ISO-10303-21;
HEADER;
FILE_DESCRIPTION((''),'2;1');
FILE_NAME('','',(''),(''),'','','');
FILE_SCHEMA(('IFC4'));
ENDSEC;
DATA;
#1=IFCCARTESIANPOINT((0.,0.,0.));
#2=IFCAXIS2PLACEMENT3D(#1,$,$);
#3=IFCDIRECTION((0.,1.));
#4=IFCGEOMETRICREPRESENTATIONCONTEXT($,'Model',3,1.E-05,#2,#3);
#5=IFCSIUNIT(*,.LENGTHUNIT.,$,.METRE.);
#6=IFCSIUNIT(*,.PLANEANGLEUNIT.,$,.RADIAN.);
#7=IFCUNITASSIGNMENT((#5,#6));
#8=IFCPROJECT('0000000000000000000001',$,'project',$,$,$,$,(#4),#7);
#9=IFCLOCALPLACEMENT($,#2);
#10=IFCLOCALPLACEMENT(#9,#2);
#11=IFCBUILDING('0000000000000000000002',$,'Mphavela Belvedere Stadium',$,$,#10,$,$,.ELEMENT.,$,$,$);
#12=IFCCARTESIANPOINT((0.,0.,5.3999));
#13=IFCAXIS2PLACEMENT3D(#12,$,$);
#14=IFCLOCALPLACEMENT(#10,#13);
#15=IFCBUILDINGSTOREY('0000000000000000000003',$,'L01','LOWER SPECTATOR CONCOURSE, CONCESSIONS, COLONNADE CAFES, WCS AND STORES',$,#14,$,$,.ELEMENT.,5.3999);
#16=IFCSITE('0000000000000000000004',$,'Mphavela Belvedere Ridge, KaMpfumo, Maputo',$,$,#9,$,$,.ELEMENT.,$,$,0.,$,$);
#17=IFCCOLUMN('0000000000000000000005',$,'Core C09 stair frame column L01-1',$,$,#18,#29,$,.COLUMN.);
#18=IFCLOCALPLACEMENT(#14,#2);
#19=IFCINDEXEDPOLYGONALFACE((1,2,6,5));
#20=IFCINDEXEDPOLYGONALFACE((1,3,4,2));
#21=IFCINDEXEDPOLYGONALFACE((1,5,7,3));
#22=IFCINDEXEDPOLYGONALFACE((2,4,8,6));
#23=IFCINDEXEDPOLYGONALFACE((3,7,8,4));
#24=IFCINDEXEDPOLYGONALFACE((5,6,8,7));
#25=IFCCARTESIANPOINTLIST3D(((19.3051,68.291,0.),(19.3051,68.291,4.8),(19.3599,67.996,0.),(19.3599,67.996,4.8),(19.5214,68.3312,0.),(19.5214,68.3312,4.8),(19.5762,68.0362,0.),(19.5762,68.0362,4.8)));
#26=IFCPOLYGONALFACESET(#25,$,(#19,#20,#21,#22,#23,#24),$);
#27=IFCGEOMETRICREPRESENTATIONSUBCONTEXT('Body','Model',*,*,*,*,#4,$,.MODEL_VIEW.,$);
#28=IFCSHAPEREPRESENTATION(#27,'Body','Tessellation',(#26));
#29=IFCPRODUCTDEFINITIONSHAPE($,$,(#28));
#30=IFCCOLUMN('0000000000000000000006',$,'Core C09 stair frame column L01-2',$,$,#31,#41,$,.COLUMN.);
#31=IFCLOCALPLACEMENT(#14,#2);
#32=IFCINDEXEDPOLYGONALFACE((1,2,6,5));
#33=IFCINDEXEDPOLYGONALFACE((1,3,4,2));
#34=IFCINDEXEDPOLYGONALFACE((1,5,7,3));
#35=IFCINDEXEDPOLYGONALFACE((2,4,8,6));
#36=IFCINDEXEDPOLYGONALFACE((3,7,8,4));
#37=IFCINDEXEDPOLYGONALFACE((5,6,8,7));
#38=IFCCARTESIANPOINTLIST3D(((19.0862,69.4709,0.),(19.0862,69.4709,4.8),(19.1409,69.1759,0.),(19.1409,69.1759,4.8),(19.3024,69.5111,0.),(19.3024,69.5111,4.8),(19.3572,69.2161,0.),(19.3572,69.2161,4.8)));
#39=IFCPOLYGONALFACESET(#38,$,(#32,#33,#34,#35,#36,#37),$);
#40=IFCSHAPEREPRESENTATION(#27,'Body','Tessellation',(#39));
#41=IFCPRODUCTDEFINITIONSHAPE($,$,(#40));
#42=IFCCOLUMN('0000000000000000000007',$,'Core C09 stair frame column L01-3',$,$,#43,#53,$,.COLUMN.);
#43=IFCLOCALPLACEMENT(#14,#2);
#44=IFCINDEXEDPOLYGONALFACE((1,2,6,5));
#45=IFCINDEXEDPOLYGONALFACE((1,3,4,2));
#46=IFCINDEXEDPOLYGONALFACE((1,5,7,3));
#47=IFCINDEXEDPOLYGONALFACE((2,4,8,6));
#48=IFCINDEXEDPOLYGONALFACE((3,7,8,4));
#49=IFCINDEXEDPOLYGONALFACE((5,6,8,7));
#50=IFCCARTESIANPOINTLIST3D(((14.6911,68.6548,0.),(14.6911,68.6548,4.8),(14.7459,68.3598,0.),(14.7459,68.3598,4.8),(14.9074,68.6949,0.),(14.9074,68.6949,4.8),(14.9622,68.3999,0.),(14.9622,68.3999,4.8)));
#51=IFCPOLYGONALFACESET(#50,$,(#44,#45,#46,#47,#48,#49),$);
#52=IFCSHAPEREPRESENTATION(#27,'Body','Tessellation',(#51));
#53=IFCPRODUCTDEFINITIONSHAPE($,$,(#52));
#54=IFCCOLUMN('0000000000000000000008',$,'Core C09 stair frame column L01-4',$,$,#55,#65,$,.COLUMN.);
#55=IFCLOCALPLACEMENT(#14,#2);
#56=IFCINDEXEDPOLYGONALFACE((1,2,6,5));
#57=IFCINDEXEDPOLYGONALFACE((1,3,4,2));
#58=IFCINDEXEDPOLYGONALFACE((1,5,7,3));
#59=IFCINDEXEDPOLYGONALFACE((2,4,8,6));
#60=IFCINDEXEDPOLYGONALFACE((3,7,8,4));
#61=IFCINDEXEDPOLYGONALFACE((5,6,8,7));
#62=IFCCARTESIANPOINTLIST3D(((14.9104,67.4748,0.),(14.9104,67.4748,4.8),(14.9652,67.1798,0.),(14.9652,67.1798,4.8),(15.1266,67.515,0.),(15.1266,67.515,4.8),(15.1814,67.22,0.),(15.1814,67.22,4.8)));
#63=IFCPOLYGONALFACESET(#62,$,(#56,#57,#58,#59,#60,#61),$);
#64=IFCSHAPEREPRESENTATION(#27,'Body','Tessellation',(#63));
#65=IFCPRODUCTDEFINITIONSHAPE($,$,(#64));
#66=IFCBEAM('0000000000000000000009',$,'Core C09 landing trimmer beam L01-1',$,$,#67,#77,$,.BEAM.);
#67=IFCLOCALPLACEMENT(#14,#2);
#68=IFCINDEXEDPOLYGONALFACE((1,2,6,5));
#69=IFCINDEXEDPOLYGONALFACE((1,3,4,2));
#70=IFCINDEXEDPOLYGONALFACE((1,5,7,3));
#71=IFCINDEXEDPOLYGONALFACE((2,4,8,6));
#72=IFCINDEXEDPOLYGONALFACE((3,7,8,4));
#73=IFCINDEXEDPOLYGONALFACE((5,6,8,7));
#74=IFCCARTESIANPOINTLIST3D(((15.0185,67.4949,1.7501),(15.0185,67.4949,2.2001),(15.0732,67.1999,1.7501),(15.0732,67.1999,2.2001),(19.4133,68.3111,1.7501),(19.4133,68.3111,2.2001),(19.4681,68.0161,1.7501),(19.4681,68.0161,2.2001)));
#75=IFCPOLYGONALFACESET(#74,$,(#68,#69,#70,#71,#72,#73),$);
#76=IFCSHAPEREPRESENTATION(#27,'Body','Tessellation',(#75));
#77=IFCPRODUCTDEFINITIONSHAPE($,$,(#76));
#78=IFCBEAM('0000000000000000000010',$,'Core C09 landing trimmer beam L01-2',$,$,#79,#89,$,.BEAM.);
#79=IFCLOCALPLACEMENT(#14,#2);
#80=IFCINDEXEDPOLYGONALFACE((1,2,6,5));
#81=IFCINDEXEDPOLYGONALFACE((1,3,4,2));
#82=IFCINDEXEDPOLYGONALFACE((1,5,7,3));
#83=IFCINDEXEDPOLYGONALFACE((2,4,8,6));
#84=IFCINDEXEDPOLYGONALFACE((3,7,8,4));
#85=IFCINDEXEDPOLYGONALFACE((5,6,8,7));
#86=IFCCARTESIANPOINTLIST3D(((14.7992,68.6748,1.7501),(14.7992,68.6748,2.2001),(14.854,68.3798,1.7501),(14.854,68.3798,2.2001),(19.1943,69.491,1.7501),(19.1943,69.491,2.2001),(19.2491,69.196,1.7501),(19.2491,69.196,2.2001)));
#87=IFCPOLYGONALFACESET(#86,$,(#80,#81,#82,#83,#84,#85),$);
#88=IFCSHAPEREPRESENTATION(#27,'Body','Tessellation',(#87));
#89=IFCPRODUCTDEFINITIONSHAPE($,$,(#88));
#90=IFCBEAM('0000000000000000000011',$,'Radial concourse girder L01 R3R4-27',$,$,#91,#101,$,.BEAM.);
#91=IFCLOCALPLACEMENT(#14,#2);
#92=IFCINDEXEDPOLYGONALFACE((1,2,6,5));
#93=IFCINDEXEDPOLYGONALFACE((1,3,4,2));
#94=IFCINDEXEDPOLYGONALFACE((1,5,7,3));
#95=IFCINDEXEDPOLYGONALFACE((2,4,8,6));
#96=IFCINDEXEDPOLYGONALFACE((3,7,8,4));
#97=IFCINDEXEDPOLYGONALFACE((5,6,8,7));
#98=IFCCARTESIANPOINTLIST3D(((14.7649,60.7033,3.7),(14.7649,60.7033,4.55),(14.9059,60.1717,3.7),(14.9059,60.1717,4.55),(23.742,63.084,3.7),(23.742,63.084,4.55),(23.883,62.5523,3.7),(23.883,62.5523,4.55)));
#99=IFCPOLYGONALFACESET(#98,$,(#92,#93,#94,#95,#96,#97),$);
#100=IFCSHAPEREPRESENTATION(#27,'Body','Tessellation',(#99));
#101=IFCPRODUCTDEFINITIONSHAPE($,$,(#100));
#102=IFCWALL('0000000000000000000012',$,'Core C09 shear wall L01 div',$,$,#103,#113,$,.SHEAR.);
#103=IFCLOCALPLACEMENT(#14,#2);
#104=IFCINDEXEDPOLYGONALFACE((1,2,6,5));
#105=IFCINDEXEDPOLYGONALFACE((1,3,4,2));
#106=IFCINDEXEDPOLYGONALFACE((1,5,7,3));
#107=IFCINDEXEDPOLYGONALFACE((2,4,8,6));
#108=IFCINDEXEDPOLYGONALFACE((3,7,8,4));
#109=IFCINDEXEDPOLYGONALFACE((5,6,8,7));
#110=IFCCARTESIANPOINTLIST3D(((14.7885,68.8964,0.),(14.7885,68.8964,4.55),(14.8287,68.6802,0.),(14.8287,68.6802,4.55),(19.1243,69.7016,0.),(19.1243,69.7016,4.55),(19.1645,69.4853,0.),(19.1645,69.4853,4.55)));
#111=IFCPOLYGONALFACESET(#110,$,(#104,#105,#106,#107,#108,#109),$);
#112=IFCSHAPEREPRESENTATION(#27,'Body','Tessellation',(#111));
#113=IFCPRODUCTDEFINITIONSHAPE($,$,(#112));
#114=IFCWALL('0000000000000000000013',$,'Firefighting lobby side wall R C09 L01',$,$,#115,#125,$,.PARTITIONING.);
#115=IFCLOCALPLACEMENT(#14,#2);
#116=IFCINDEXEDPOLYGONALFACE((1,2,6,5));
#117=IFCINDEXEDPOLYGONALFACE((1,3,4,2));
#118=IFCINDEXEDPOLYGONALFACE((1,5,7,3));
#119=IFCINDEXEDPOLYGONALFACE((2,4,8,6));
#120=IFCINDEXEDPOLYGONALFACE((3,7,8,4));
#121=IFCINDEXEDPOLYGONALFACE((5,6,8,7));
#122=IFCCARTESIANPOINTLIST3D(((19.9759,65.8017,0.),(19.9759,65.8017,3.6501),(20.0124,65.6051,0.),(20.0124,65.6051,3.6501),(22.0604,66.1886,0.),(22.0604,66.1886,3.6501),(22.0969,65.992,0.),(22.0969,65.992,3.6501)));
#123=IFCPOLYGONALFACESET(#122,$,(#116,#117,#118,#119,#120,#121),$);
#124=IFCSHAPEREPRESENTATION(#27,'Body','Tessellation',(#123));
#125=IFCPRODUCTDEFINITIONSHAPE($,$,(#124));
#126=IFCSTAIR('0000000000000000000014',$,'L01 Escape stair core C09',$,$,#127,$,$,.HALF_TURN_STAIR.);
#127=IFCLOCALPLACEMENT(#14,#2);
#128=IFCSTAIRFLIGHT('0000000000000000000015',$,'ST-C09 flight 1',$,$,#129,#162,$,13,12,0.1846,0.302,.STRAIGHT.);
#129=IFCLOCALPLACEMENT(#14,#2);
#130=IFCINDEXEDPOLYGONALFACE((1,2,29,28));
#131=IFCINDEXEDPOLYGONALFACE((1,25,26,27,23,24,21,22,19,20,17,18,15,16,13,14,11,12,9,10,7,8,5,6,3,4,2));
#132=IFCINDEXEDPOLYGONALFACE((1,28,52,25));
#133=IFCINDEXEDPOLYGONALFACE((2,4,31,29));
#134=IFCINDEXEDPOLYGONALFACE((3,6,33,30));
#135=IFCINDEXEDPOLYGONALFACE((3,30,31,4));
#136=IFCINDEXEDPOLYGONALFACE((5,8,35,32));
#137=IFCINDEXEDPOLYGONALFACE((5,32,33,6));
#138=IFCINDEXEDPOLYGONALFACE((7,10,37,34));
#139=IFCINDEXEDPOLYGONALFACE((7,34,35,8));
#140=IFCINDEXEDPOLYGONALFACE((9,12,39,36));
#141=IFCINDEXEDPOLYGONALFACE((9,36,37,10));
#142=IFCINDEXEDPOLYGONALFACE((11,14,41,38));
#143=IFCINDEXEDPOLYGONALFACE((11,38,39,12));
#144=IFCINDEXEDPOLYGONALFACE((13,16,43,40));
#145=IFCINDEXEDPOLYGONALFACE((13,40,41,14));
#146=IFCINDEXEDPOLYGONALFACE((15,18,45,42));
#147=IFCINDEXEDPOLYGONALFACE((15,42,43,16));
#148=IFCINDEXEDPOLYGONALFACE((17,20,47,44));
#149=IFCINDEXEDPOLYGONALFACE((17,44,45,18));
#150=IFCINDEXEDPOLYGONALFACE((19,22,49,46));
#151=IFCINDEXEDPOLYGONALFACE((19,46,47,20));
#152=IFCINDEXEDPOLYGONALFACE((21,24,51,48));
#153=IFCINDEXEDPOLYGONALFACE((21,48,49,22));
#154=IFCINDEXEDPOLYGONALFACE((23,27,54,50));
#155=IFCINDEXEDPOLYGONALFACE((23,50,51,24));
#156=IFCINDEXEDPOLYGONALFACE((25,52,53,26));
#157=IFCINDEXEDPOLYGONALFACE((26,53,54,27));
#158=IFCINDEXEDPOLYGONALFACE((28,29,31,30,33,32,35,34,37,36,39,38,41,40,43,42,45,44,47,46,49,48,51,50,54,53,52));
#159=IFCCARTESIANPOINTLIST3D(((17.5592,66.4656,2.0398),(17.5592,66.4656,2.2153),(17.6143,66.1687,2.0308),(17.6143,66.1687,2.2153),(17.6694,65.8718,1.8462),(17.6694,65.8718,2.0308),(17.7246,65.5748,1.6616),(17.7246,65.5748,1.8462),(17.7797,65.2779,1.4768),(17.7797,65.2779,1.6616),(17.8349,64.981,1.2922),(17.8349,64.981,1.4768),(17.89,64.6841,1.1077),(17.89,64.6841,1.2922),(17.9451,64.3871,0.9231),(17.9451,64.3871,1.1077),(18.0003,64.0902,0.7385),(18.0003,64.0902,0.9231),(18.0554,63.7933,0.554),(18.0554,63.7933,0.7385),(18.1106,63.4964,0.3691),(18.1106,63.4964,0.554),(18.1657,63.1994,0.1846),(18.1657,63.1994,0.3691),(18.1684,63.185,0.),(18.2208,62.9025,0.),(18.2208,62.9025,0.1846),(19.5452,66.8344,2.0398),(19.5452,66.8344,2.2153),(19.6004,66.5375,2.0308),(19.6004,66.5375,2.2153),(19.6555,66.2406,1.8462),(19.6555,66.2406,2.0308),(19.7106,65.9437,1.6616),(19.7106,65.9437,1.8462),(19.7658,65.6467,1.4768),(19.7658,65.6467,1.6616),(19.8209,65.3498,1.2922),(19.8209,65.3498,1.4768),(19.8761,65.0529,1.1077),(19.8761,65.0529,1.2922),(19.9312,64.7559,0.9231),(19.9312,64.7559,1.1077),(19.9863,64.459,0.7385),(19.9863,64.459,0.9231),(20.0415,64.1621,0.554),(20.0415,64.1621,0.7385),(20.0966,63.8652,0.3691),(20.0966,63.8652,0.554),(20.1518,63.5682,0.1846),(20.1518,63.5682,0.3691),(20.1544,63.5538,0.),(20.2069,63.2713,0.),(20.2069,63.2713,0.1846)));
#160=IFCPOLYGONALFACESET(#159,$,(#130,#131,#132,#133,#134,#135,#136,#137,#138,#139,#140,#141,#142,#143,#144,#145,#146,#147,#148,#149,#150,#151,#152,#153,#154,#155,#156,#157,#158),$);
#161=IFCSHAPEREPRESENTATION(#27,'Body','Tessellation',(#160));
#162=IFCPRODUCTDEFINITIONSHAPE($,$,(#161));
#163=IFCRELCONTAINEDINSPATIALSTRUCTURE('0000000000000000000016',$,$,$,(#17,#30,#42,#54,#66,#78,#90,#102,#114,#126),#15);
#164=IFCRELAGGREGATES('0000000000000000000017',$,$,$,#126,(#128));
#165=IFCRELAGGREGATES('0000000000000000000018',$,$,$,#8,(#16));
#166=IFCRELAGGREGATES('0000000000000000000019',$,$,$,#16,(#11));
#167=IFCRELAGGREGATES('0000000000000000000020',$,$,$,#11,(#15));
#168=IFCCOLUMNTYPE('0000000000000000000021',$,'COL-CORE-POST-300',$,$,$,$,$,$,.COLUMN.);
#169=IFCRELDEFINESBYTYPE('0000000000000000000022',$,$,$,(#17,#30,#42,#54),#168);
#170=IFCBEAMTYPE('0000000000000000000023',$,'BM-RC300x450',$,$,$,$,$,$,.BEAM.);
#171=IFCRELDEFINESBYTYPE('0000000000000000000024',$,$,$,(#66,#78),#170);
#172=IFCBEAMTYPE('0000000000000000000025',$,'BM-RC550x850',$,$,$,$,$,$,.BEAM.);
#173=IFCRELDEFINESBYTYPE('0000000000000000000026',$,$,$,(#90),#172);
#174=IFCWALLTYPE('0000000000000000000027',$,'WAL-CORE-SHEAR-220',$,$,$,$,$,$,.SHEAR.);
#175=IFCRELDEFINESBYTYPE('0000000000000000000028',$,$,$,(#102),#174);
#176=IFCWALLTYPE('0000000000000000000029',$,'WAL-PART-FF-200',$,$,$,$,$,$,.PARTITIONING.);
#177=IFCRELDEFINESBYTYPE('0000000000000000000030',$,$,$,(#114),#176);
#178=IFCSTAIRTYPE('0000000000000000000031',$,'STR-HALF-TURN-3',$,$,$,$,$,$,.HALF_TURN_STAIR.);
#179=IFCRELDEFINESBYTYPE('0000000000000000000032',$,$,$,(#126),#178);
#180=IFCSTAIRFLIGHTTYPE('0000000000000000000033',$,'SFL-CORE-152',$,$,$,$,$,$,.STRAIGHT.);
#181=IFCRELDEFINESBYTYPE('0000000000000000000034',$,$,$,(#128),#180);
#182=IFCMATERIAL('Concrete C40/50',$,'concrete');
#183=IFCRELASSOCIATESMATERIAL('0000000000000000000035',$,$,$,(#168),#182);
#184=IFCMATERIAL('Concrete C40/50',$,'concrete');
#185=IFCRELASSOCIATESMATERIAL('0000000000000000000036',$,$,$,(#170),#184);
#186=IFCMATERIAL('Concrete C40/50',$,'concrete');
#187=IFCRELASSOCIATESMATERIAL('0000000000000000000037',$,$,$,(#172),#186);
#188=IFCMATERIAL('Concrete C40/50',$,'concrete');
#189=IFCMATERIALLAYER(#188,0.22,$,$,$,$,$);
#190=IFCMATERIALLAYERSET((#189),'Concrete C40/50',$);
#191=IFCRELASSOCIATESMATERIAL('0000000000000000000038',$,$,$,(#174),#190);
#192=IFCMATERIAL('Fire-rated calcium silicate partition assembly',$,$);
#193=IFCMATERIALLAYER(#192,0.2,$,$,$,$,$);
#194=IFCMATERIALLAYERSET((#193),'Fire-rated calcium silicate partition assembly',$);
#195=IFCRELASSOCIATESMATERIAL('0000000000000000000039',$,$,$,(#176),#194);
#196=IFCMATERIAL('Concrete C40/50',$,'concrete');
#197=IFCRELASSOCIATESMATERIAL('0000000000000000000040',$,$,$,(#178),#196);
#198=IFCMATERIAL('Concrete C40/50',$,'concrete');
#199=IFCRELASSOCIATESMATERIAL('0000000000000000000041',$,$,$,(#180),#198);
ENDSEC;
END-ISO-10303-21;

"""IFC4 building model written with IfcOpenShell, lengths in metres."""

from ifc_helpers import new_model, si_unit, direction, frame, frame_2d, origin, origin_2d, place, context, subcontext, project, spatial, polyline, rectangle, outline, extrude, material, layer, layer_set, material_profile, profile_set, type_object, element, aggregate, save


model = new_model("IFC4")

# Units and contexts
model_context = context("Model", 3, precision=1e-05, world=origin(), true_north=direction((0.0, 1.0)))
body_context = subcontext(model_context, "Body", "Model", "MODEL_VIEW")
ifc_project = project(units=[si_unit("LENGTHUNIT", "METRE"), si_unit("PLANEANGLEUNIT", "RADIAN")], contexts=[model_context])

# Site, building, storey
site_placement = place(None, origin())
site = spatial("IfcSite", under=ifc_project, at=site_placement, Name="Mphavela Belvedere Ridge, KaMpfumo, Maputo", CompositionType="ELEMENT", RefElevation=0.0)
building_placement = place(site_placement, origin())
building = spatial("IfcBuilding", under=site, at=building_placement, Name="Mphavela Belvedere Stadium", CompositionType="ELEMENT")
storey_placement = place(building_placement, frame((0.0, 0.0, 5.3999)))
storey = spatial("IfcBuildingStorey", under=building, at=storey_placement, Name="L01", Description="LOWER SPECTATOR CONCOURSE, CONCESSIONS, COLONNADE CAFES, WCS AND STORES", CompositionType="ELEMENT", Elevation=5.3999)

# Columns
ifc_material_1 = material(Name="Concrete C40/50", Category="concrete")
ifc_material_profile_1 = material_profile(ifc_material_1, rectangle(XDim=0.3, YDim=0.22, at=origin_2d()), Name="RC 300x220")
ifc_profile_set_1 = profile_set([ifc_material_profile_1], Name="Concrete C40/50")
column_type = type_object("IfcColumnType", Name="COL-CORE-POST-300", PredefinedType="COLUMN", material=ifc_profile_set_1)
for number, where, z_axis, x_axis, name in (
    (1, (19.4407, 68.1636, 0.0), (0.0, 0.0, 1.0), (-0.182579, 0.983191, 0.0), "Core C09 stair frame column L01-1"),
    (2, (19.2217, 69.3435, 0.0), (0.0, 0.0, 1.0), (-0.182579, 0.983191, 0.0), "Core C09 stair frame column L01-2"),
    (3, (14.8267, 68.5273, 0.0), (0.0, 0.0, 1.0), (-0.182579, 0.983191, 0.0), "Core C09 stair frame column L01-3"),
    (4, (15.0459, 67.3474, 0.0), (0.0, 0.0, 1.0), (-0.182579, 0.983191, 0.0), "Core C09 stair frame column L01-4"),
):
    element("IfcColumn", number, at=place(storey_placement, frame(where, z_axis=z_axis, x_axis=x_axis)), inside=storey, type_object=column_type, Name=name, PredefinedType="COLUMN", context=body_context, shape_type="SweptSolid", body=[
        extrude(rectangle(XDim=0.3, YDim=0.22, at=origin_2d()), origin(), (0.0, 0.0, 1.0), 4.8),
    ])

# Beams
ifc_material_2 = material(Name="Concrete C40/50", Category="concrete")
ifc_material_profile_2 = material_profile(ifc_material_2, rectangle(XDim=0.3, YDim=0.45, at=origin_2d()), Name="RC 300x450")
ifc_profile_set_2 = profile_set([ifc_material_profile_2], Name="Concrete C40/50")
beam_type_1 = type_object("IfcBeamType", Name="BM-RC300x450", PredefinedType="BEAM", material=ifc_profile_set_2)
beam_1_placement = place(storey_placement, frame((19.4407, 68.1636, 1.9751), z_axis=(-0.983189, -0.18259, 0.0), x_axis=(0.18259, -0.983189, 0.0)))
element("IfcBeam", 5, at=beam_1_placement, inside=storey, type_object=beam_type_1, Name="Core C09 landing trimmer beam L01-1", PredefinedType="BEAM", context=body_context, shape_type="SweptSolid", body=[
    extrude(rectangle(XDim=0.3, YDim=0.45, at=origin_2d()), origin(), (0.0, 0.0, 1.0), 4.47),
])
beam_2_placement = place(storey_placement, frame((19.2217, 69.3435, 1.9751), z_axis=(-0.983191, -0.18258, 0.0), x_axis=(0.18258, -0.983191, 0.0)))
element("IfcBeam", 6, at=beam_2_placement, inside=storey, type_object=beam_type_1, Name="Core C09 landing trimmer beam L01-2", PredefinedType="BEAM", context=body_context, shape_type="SweptSolid", body=[
    extrude(rectangle(XDim=0.3, YDim=0.45, at=origin_2d()), origin(), (0.0, 0.0, 1.0), 4.4702),
])
ifc_material_3 = material(Name="Concrete C40/50", Category="concrete")
ifc_material_profile_3 = material_profile(ifc_material_3, rectangle(XDim=0.55, YDim=0.8501, at=origin_2d()), Name="RC 550x850")
ifc_profile_set_3 = profile_set([ifc_material_profile_3], Name="Concrete C40/50")
beam_type_2 = type_object("IfcBeamType", Name="BM-RC550x850", PredefinedType="BEAM", material=ifc_profile_set_3)
beam_3_placement = place(storey_placement, frame((23.8125, 62.8181, 4.125), z_axis=(-0.96659, -0.256329, 0.0), x_axis=(0.256329, -0.96659, 0.0)))
element("IfcBeam", 7, at=beam_3_placement, inside=storey, type_object=beam_type_2, Name="Radial concourse girder L01 R3R4-27", PredefinedType="BEAM", context=body_context, shape_type="SweptSolid", body=[
    extrude(rectangle(XDim=0.55, YDim=0.8501, at=origin_2d()), origin(), (0.0, 0.0, 1.0), 9.2874),
])

# Walls
ifc_material_4 = material(Name="Concrete C40/50", Category="concrete")
ifc_layer_1 = layer(ifc_material_4, 0.22)
ifc_layer_set_1 = layer_set([ifc_layer_1], Name="Concrete C40/50")
wall_type_1 = type_object("IfcWallType", Name="WAL-CORE-SHEAR-220", PredefinedType="SHEAR", material=ifc_layer_set_1)
wall_1_placement = place(storey_placement, frame((19.1445, 69.5935, 0.0), z_axis=(0.0, 0.0, 1.0), x_axis=(-0.98319, -0.182587, 0.0)))
element("IfcWall", 8, at=wall_1_placement, inside=storey, type_object=wall_type_1, Name="Core C09 shear wall L01 div", PredefinedType="SHEAR", context=body_context, shape_type="SweptSolid", body=[
    extrude(rectangle(XDim=4.4099, YDim=0.22, at=frame_2d((2.2051, 0.0))), origin(), (0.0, 0.0, 1.0), 4.55),
])
ifc_material_5 = material(Name="Fire-rated calcium silicate partition assembly")
ifc_layer_2 = layer(ifc_material_5, 0.2)
ifc_layer_set_2 = layer_set([ifc_layer_2], Name="Fire-rated calcium silicate partition assembly")
wall_type_2 = type_object("IfcWallType", Name="WAL-PART-FF-200", PredefinedType="PARTITIONING", material=ifc_layer_set_2)
wall_2_placement = place(storey_placement, frame((22.0786, 66.0903, 0.0), z_axis=(0.0, 0.0, 1.0), x_axis=(-0.983202, -0.182522, 0.0)))
element("IfcWall", 9, at=wall_2_placement, inside=storey, type_object=wall_type_2, Name="Firefighting lobby side wall R C09 L01", PredefinedType="PARTITIONING", context=body_context, shape_type="SweptSolid", body=[
    extrude(rectangle(XDim=2.1201, YDim=0.2, at=frame_2d((1.0601, 0.0))), origin(), (0.0, 0.0, 1.0), 3.6501),
])

# Stair, stair flight
ifc_material_6 = material(Name="Concrete C40/50", Category="concrete")
stair_type = type_object("IfcStairType", Name="STR-HALF-TURN-3", PredefinedType="HALF_TURN_STAIR", material=ifc_material_6)
stair_placement = place(storey_placement, origin())
stair = element("IfcStair", 10, at=stair_placement, inside=storey, type_object=stair_type, Name="L01 Escape stair core C09", PredefinedType="HALF_TURN_STAIR")
ifc_material_7 = material(Name="Concrete C40/50", Category="concrete")
stair_flight_type = type_object("IfcStairFlightType", Name="SFL-CORE-152", PredefinedType="STRAIGHT", material=ifc_material_7)
stair_flight_1_placement = place(storey_placement, frame((19.2139, 63.0869, 0.0), z_axis=(0.0, 0.0, 1.0), x_axis=(-0.182579, 0.983191, 0.0)))
stair_flight_1 = element("IfcStairFlight", 11, at=stair_flight_1_placement, type_object=stair_flight_type, Name="ST-C09 flight 1", NumberOfRisers=13, NumberOfTreads=12, PredefinedType="STRAIGHT", RiserHeight=0.1846, TreadLength=0.302, context=body_context, shape_type="SweptSolid", body=[
    extrude(outline(polyline([(0.0, 0.0), (0.0, 0.1846), (0.302, 0.1846), (0.302, 0.3691), (0.604, 0.3691), (0.604, 0.554), (0.906, 0.554), (0.906, 0.7385), (1.208, 0.7385), (1.208, 0.9231), (1.51, 0.9231), (1.51, 1.1077), (1.812, 1.1077), (1.812, 1.2922), (2.114, 1.2922), (2.114, 1.4768), (2.416, 1.4768), (2.416, 1.6616), (2.718, 1.6616), (2.718, 1.8462), (3.02, 1.8462), (3.02, 2.0308), (3.322, 2.0308), (3.322, 2.2153), (3.624, 2.2153), (3.624, 2.3999), (3.624, 2.0398), (0.2874, 0.0), (0.0, 0.0)])), frame((0.0, 1.01, 0.0), z_axis=(0.0, -1.0, 0.0), x_axis=(1.0, 0.0, 0.0)), (0.0, 0.0, 1.0), 2.02),
])
aggregate(stair, [stair_flight_1])

save(model, "model.ifc")
